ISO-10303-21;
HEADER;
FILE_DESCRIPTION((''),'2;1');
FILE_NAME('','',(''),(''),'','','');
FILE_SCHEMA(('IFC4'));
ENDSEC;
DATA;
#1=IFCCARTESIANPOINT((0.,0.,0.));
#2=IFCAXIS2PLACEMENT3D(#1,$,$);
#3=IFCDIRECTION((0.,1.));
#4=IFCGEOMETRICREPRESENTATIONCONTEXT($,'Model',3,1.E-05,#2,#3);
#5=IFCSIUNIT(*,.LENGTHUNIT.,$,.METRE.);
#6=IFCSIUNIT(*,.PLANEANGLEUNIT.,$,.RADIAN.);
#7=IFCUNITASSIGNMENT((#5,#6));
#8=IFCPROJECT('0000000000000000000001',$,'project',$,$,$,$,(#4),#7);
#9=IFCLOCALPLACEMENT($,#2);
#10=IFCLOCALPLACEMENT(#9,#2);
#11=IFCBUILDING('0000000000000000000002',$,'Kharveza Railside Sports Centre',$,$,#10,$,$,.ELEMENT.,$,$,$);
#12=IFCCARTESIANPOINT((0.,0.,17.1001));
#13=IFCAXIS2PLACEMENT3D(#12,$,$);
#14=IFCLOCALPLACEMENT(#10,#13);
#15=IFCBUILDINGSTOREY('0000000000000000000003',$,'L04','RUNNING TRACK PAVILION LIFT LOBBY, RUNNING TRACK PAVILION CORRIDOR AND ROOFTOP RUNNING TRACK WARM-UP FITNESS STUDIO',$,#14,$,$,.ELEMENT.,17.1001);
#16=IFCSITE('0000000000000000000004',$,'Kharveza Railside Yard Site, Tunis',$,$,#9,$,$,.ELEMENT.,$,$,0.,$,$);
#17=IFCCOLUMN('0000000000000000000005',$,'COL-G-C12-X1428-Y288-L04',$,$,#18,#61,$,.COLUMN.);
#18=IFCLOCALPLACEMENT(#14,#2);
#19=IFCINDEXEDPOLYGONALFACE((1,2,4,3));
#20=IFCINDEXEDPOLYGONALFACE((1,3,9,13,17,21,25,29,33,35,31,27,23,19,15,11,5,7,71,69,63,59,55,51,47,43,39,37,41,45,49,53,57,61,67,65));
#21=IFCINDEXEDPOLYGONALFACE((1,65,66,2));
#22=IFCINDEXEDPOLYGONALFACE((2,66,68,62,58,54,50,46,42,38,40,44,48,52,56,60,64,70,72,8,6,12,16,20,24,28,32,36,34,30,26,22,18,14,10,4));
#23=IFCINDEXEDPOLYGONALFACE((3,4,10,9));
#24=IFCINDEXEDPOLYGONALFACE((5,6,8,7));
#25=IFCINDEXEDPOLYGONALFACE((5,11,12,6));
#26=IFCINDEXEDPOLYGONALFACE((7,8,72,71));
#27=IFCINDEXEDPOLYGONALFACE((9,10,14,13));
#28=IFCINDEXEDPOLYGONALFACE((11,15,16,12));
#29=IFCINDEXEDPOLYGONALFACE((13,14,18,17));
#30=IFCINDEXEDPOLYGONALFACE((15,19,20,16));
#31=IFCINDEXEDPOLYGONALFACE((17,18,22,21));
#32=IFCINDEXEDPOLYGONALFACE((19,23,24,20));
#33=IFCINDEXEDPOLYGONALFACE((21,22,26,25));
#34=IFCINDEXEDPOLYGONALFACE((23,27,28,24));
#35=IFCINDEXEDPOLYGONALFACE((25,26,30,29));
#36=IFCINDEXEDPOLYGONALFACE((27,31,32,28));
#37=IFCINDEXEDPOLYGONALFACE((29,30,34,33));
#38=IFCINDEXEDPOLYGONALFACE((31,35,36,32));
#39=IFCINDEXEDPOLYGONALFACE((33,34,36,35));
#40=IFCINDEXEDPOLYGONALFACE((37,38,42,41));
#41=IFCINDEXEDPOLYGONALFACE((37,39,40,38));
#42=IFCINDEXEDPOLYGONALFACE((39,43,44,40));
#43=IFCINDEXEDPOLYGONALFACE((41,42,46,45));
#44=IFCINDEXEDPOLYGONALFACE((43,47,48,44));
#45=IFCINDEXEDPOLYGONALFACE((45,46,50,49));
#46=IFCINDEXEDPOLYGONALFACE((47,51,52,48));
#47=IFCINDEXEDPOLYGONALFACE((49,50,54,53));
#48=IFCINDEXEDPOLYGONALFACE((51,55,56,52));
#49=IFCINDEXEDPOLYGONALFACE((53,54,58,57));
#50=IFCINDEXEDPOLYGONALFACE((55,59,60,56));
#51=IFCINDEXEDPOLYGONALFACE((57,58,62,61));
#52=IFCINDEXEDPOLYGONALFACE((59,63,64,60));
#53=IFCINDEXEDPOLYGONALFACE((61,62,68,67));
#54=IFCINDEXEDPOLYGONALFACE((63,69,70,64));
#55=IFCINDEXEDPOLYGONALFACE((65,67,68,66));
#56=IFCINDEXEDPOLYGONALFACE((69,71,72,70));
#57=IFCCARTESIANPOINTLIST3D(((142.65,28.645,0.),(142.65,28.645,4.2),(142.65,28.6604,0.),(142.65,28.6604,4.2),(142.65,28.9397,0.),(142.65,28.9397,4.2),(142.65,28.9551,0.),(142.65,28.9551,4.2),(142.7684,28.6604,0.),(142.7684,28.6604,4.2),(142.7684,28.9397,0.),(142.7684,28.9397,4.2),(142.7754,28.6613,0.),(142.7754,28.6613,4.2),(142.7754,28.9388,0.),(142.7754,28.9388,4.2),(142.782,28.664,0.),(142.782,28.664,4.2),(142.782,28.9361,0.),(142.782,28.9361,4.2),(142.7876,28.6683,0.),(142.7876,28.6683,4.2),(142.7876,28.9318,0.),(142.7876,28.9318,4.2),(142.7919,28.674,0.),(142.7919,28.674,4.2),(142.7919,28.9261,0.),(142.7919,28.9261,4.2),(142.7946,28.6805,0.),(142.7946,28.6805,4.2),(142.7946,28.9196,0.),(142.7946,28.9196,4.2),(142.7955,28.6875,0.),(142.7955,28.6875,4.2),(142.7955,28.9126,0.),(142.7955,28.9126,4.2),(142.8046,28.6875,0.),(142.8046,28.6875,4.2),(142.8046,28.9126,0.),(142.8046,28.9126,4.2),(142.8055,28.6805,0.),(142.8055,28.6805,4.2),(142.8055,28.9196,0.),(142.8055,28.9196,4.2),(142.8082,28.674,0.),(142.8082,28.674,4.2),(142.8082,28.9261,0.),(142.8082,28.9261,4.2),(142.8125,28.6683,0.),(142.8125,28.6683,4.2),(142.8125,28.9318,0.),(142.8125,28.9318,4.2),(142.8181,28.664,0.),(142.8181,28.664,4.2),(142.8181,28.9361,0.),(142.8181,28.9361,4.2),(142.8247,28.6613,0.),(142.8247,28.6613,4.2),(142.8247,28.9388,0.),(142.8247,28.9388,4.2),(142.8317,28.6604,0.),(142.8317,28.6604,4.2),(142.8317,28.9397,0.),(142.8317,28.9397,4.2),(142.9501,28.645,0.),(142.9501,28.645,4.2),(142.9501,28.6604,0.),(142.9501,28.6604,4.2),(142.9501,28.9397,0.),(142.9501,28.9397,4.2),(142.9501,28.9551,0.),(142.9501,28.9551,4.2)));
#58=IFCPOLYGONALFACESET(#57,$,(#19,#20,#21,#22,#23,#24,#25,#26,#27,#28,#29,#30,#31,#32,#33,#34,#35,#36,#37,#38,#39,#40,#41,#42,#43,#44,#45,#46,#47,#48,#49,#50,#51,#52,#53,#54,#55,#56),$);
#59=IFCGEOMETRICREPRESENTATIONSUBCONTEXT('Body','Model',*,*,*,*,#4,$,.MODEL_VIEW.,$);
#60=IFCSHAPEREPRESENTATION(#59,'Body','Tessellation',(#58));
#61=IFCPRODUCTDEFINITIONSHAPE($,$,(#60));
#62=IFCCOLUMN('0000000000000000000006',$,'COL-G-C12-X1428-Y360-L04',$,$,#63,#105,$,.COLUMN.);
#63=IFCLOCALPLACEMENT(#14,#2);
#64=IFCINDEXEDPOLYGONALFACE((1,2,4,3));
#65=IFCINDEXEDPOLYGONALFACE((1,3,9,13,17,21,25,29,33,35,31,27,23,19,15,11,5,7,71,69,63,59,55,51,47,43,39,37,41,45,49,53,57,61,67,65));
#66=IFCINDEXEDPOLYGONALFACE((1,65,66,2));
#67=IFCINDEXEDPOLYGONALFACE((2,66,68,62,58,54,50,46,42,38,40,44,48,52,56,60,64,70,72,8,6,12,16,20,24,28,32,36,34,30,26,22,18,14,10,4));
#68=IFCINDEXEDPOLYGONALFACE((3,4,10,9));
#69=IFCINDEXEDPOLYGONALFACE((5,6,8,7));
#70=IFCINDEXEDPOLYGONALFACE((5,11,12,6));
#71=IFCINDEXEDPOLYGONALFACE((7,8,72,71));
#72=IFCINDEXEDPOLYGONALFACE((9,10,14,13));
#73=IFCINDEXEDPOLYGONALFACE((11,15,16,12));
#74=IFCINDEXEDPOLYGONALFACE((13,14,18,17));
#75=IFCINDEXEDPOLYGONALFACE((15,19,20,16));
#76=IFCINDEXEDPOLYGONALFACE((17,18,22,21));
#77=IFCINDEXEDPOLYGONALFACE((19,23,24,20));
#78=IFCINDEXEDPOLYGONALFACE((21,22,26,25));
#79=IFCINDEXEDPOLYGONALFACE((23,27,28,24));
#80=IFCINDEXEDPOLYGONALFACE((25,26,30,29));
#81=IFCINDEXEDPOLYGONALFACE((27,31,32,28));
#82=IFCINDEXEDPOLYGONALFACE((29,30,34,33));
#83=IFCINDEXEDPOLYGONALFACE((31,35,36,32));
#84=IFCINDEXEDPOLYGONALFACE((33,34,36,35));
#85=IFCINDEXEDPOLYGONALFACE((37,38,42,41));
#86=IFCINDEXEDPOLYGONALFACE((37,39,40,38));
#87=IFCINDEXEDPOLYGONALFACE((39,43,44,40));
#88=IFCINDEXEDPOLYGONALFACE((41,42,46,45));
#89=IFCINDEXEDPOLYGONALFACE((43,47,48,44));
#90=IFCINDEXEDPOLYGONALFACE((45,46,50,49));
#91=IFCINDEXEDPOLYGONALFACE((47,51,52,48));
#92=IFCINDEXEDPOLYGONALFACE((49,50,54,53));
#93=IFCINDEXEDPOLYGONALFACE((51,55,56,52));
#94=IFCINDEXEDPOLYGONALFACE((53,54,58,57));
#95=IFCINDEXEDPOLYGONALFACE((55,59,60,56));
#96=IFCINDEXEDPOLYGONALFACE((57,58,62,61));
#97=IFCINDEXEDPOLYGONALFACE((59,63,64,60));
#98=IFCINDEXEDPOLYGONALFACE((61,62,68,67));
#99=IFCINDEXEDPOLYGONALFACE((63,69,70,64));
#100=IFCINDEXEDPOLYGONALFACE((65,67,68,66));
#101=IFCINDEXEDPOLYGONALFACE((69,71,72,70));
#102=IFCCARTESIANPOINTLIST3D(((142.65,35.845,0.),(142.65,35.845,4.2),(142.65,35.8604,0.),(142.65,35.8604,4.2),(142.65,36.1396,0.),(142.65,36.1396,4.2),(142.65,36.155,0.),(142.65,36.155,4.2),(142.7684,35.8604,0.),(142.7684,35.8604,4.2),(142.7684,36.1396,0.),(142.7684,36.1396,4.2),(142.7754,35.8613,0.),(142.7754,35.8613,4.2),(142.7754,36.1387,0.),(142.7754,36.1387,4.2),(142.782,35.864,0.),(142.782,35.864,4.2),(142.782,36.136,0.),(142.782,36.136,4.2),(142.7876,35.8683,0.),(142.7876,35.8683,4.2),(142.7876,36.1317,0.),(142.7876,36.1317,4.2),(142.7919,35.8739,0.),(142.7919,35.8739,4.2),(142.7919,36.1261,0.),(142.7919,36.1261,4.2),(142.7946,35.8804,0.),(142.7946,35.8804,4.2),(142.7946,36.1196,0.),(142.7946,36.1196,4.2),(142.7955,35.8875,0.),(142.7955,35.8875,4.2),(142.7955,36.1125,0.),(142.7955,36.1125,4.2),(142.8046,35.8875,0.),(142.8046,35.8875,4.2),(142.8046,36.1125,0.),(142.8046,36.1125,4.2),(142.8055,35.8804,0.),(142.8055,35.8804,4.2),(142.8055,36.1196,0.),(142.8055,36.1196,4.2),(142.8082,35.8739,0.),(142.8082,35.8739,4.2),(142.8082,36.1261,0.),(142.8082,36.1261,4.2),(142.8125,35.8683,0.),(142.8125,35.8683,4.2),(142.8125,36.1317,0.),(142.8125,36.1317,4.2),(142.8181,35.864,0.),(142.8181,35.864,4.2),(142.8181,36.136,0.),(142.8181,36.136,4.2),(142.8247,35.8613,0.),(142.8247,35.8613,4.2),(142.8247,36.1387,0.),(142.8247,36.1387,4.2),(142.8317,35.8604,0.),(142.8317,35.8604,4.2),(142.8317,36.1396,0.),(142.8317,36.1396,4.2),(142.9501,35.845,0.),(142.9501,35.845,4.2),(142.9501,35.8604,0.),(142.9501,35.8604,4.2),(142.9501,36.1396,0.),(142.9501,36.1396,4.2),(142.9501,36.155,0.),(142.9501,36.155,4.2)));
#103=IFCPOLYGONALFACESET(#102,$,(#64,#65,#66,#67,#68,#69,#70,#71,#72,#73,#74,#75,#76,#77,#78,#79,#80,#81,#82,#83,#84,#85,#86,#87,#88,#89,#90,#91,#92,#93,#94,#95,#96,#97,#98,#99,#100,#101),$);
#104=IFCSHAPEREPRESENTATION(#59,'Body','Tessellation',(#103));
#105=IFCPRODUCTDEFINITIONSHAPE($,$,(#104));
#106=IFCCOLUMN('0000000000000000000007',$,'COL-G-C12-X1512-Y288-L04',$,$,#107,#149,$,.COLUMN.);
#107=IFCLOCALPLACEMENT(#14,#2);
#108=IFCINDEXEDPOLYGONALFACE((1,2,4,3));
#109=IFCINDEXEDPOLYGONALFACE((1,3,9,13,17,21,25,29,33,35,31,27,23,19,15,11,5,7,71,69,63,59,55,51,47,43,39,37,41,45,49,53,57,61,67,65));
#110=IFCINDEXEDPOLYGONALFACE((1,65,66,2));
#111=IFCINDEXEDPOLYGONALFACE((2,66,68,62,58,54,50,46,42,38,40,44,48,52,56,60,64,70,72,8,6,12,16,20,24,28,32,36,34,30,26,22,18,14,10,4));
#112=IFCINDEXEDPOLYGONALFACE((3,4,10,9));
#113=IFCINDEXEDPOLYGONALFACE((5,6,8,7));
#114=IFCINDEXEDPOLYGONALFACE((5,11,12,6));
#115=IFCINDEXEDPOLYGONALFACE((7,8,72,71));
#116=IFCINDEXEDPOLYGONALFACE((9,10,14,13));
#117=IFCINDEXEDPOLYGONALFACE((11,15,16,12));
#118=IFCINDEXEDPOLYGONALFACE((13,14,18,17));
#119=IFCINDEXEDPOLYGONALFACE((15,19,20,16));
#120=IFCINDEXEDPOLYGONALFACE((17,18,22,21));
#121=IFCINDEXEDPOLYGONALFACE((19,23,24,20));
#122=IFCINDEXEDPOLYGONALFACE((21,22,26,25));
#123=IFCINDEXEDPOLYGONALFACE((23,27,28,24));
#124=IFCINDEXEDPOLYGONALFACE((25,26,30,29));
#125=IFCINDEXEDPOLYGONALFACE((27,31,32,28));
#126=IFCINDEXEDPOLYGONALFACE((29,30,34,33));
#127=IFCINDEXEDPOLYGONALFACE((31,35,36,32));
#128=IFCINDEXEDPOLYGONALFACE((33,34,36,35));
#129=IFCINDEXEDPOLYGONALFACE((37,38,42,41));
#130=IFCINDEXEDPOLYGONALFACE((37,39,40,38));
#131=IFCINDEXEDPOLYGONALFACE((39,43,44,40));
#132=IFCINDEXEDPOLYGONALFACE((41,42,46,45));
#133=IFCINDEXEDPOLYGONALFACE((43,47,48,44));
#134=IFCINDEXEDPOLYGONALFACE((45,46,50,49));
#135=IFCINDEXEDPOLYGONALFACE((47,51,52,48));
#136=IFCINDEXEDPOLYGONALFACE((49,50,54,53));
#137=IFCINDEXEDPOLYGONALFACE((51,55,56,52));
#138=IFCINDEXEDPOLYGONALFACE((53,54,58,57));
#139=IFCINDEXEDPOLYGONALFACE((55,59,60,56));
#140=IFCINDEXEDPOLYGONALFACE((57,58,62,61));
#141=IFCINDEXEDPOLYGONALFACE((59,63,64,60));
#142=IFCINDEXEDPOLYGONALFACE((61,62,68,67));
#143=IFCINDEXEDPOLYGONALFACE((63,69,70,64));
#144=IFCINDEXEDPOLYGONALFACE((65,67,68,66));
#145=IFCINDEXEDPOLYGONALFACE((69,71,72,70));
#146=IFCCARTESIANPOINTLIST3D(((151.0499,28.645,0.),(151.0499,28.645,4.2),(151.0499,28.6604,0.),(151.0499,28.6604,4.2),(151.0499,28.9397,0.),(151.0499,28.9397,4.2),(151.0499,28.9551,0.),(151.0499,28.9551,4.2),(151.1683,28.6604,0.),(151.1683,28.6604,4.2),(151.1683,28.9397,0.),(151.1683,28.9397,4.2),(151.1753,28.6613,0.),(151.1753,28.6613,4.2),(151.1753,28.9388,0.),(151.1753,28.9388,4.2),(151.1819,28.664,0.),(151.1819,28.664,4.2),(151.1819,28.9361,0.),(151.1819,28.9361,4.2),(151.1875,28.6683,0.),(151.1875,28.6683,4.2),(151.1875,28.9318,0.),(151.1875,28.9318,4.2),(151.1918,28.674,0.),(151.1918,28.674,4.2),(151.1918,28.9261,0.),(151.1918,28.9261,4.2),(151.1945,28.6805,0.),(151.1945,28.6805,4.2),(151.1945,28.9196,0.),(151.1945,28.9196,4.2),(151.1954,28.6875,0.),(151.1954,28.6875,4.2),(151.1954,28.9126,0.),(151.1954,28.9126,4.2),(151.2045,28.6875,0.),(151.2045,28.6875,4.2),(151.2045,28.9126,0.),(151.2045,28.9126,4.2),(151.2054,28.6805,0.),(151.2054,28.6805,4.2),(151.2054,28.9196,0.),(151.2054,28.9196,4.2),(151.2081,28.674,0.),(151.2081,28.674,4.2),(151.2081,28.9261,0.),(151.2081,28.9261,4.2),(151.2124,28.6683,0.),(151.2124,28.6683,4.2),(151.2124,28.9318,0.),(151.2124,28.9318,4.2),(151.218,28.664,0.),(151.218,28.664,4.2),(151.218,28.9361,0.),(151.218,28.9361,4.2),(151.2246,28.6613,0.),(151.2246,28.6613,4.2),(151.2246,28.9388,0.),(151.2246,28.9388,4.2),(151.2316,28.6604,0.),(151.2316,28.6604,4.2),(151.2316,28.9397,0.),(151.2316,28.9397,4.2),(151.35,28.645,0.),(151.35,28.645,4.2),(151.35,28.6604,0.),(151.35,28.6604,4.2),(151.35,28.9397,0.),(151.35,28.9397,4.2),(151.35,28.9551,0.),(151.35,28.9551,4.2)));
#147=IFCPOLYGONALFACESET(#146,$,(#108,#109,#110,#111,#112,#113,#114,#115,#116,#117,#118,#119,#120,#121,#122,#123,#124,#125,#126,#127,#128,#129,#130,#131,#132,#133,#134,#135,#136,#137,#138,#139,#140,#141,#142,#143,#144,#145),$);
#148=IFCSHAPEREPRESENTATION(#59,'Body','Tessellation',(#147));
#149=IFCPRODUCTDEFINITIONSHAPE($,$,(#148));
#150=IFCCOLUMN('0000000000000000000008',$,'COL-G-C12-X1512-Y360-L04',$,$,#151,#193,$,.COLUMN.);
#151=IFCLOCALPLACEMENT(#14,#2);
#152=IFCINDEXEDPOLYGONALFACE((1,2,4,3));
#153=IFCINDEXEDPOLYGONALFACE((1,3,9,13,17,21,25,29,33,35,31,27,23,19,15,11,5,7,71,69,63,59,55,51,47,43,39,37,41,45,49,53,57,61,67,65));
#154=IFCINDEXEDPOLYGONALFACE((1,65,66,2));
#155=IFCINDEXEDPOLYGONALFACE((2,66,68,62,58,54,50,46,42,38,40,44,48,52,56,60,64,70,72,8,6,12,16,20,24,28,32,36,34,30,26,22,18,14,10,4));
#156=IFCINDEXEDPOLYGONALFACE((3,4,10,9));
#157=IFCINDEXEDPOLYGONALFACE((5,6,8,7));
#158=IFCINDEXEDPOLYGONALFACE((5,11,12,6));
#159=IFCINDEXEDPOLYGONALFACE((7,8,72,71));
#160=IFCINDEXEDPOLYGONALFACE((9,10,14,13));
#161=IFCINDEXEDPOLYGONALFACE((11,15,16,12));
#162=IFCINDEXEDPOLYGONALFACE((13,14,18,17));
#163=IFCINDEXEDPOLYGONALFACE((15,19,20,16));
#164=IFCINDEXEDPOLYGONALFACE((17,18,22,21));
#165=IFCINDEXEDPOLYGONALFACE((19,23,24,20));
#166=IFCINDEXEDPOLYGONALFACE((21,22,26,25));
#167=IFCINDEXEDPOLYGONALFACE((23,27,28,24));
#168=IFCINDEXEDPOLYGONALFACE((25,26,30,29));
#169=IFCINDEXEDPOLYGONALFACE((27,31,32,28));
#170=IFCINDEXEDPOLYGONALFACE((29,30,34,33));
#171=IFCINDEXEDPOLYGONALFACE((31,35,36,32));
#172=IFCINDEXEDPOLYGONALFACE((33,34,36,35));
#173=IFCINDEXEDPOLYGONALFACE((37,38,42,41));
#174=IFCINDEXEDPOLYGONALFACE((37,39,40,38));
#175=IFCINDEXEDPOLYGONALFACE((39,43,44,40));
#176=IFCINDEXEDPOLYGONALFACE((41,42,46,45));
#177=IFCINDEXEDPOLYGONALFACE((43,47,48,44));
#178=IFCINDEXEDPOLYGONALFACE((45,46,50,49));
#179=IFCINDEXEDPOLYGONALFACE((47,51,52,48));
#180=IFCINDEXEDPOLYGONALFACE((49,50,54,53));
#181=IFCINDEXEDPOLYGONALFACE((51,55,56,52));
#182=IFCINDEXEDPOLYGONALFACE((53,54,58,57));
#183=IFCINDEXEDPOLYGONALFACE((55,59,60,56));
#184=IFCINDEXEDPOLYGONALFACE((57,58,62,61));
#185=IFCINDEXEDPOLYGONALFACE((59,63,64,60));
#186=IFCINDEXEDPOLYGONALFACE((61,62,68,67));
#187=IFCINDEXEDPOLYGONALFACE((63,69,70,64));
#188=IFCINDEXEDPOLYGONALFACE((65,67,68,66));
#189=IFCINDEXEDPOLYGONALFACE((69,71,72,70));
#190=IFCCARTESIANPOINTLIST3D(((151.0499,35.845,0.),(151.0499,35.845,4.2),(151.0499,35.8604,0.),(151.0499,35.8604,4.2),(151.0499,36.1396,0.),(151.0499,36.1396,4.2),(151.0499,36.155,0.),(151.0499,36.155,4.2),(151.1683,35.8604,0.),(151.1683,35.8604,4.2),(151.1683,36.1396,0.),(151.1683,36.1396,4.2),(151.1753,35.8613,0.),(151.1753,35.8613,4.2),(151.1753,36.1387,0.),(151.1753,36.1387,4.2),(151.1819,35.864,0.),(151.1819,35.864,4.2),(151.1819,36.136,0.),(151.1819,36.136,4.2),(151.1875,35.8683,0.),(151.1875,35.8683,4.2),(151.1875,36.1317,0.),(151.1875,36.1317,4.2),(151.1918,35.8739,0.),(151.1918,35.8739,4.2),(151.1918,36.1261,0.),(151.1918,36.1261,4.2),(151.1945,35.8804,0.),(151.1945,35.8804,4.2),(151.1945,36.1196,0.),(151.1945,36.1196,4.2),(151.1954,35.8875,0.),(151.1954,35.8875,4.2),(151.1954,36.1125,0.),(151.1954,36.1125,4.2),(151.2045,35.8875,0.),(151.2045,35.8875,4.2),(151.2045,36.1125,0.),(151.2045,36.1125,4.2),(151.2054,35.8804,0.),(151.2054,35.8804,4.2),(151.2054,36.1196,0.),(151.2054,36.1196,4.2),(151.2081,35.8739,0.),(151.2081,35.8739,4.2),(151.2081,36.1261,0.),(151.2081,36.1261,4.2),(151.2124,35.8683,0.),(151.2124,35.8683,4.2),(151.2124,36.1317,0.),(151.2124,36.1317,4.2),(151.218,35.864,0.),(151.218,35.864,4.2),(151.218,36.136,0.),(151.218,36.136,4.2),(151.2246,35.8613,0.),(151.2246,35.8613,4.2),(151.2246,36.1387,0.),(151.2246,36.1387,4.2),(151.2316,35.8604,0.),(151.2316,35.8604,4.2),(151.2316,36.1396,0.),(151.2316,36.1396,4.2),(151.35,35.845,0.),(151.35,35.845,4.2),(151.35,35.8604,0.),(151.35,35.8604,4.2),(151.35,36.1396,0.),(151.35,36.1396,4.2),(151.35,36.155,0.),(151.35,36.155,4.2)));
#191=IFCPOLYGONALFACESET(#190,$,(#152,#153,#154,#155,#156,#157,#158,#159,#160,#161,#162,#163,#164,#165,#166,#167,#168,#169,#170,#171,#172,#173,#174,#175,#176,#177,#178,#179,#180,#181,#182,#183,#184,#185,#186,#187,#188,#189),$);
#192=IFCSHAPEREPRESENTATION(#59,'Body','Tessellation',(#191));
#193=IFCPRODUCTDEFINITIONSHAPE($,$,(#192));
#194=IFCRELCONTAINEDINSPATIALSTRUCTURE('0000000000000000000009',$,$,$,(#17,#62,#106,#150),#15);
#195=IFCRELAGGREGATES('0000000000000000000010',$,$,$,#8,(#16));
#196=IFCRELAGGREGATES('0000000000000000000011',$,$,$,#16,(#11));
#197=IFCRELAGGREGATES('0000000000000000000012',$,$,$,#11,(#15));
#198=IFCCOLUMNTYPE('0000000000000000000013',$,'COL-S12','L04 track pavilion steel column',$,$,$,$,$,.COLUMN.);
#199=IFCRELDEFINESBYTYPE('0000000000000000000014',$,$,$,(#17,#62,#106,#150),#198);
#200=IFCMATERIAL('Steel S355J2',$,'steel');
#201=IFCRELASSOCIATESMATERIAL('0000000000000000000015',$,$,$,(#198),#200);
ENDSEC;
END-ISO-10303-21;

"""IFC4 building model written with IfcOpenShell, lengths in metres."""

from ifc_helpers import new_model, si_unit, direction, frame, origin, origin_2d, place, context, subcontext, project, spatial, i_section, extrude, material, material_profile, profile_set, type_object, element, save


model = new_model("IFC4")

# Units and contexts
model_context = context("Model", 3, precision=1e-05, world=origin(), true_north=direction((0.0, 1.0)))
body_context = subcontext(model_context, "Body", "Model", "MODEL_VIEW")
ifc_project = project(units=[si_unit("LENGTHUNIT", "METRE"), si_unit("PLANEANGLEUNIT", "RADIAN")], contexts=[model_context])

# Site, building, storey
site_placement = place(None, origin())
site = spatial("IfcSite", under=ifc_project, at=site_placement, Name="Kharveza Railside Yard Site, Tunis", CompositionType="ELEMENT", RefElevation=0.0)
building_placement = place(site_placement, origin())
building = spatial("IfcBuilding", under=site, at=building_placement, Name="Kharveza Railside Sports Centre", CompositionType="ELEMENT")
storey_placement = place(building_placement, frame((0.0, 0.0, 17.1001)))
storey = spatial("IfcBuildingStorey", under=building, at=storey_placement, Name="L04", Description="RUNNING TRACK PAVILION LIFT LOBBY, RUNNING TRACK PAVILION CORRIDOR AND ROOFTOP RUNNING TRACK WARM-UP FITNESS STUDIO", CompositionType="ELEMENT", Elevation=17.1001)

# Columns
ifc_material_1 = material(Name="Steel S355J2", Category="steel")
ifc_material_profile_1 = material_profile(ifc_material_1, i_section(OverallWidth=0.3, OverallDepth=0.3101, WebThickness=0.009, FlangeThickness=0.0154, FilletRadius=0.0271, at=origin_2d()), Name="HEA 320")
ifc_profile_set_1 = profile_set([ifc_material_profile_1], Name="Steel S355J2")
column_type = type_object("IfcColumnType", Name="COL-S12", Description="L04 track pavilion steel column", PredefinedType="COLUMN", material=ifc_profile_set_1)
for number, where, z_axis, x_axis, name in (
    (1, (142.8, 28.8, 0.0), (0.0, 0.0, 1.0), (1.0, 0.0, 0.0), "COL-G-C12-X1428-Y288-L04"),
    (2, (142.8, 36.0, 0.0), (0.0, 0.0, 1.0), (1.0, 0.0, 0.0), "COL-G-C12-X1428-Y360-L04"),
    (3, (151.2, 28.8, 0.0), (0.0, 0.0, 1.0), (1.0, 0.0, 0.0), "COL-G-C12-X1512-Y288-L04"),
    (4, (151.2, 36.0, 0.0), (0.0, 0.0, 1.0), (1.0, 0.0, 0.0), "COL-G-C12-X1512-Y360-L04"),
):
    element("IfcColumn", number, at=place(storey_placement, frame(where, z_axis=z_axis, x_axis=x_axis)), inside=storey, type_object=column_type, Name=name, PredefinedType="COLUMN", context=body_context, shape_type="SweptSolid", body=[
        extrude(i_section(OverallWidth=0.3, OverallDepth=0.3101, WebThickness=0.009, FlangeThickness=0.0154, FilletRadius=0.0271, at=origin_2d()), origin(), (0.0, 0.0, 1.0), 4.2),
    ])

save(model, "model.ifc")
